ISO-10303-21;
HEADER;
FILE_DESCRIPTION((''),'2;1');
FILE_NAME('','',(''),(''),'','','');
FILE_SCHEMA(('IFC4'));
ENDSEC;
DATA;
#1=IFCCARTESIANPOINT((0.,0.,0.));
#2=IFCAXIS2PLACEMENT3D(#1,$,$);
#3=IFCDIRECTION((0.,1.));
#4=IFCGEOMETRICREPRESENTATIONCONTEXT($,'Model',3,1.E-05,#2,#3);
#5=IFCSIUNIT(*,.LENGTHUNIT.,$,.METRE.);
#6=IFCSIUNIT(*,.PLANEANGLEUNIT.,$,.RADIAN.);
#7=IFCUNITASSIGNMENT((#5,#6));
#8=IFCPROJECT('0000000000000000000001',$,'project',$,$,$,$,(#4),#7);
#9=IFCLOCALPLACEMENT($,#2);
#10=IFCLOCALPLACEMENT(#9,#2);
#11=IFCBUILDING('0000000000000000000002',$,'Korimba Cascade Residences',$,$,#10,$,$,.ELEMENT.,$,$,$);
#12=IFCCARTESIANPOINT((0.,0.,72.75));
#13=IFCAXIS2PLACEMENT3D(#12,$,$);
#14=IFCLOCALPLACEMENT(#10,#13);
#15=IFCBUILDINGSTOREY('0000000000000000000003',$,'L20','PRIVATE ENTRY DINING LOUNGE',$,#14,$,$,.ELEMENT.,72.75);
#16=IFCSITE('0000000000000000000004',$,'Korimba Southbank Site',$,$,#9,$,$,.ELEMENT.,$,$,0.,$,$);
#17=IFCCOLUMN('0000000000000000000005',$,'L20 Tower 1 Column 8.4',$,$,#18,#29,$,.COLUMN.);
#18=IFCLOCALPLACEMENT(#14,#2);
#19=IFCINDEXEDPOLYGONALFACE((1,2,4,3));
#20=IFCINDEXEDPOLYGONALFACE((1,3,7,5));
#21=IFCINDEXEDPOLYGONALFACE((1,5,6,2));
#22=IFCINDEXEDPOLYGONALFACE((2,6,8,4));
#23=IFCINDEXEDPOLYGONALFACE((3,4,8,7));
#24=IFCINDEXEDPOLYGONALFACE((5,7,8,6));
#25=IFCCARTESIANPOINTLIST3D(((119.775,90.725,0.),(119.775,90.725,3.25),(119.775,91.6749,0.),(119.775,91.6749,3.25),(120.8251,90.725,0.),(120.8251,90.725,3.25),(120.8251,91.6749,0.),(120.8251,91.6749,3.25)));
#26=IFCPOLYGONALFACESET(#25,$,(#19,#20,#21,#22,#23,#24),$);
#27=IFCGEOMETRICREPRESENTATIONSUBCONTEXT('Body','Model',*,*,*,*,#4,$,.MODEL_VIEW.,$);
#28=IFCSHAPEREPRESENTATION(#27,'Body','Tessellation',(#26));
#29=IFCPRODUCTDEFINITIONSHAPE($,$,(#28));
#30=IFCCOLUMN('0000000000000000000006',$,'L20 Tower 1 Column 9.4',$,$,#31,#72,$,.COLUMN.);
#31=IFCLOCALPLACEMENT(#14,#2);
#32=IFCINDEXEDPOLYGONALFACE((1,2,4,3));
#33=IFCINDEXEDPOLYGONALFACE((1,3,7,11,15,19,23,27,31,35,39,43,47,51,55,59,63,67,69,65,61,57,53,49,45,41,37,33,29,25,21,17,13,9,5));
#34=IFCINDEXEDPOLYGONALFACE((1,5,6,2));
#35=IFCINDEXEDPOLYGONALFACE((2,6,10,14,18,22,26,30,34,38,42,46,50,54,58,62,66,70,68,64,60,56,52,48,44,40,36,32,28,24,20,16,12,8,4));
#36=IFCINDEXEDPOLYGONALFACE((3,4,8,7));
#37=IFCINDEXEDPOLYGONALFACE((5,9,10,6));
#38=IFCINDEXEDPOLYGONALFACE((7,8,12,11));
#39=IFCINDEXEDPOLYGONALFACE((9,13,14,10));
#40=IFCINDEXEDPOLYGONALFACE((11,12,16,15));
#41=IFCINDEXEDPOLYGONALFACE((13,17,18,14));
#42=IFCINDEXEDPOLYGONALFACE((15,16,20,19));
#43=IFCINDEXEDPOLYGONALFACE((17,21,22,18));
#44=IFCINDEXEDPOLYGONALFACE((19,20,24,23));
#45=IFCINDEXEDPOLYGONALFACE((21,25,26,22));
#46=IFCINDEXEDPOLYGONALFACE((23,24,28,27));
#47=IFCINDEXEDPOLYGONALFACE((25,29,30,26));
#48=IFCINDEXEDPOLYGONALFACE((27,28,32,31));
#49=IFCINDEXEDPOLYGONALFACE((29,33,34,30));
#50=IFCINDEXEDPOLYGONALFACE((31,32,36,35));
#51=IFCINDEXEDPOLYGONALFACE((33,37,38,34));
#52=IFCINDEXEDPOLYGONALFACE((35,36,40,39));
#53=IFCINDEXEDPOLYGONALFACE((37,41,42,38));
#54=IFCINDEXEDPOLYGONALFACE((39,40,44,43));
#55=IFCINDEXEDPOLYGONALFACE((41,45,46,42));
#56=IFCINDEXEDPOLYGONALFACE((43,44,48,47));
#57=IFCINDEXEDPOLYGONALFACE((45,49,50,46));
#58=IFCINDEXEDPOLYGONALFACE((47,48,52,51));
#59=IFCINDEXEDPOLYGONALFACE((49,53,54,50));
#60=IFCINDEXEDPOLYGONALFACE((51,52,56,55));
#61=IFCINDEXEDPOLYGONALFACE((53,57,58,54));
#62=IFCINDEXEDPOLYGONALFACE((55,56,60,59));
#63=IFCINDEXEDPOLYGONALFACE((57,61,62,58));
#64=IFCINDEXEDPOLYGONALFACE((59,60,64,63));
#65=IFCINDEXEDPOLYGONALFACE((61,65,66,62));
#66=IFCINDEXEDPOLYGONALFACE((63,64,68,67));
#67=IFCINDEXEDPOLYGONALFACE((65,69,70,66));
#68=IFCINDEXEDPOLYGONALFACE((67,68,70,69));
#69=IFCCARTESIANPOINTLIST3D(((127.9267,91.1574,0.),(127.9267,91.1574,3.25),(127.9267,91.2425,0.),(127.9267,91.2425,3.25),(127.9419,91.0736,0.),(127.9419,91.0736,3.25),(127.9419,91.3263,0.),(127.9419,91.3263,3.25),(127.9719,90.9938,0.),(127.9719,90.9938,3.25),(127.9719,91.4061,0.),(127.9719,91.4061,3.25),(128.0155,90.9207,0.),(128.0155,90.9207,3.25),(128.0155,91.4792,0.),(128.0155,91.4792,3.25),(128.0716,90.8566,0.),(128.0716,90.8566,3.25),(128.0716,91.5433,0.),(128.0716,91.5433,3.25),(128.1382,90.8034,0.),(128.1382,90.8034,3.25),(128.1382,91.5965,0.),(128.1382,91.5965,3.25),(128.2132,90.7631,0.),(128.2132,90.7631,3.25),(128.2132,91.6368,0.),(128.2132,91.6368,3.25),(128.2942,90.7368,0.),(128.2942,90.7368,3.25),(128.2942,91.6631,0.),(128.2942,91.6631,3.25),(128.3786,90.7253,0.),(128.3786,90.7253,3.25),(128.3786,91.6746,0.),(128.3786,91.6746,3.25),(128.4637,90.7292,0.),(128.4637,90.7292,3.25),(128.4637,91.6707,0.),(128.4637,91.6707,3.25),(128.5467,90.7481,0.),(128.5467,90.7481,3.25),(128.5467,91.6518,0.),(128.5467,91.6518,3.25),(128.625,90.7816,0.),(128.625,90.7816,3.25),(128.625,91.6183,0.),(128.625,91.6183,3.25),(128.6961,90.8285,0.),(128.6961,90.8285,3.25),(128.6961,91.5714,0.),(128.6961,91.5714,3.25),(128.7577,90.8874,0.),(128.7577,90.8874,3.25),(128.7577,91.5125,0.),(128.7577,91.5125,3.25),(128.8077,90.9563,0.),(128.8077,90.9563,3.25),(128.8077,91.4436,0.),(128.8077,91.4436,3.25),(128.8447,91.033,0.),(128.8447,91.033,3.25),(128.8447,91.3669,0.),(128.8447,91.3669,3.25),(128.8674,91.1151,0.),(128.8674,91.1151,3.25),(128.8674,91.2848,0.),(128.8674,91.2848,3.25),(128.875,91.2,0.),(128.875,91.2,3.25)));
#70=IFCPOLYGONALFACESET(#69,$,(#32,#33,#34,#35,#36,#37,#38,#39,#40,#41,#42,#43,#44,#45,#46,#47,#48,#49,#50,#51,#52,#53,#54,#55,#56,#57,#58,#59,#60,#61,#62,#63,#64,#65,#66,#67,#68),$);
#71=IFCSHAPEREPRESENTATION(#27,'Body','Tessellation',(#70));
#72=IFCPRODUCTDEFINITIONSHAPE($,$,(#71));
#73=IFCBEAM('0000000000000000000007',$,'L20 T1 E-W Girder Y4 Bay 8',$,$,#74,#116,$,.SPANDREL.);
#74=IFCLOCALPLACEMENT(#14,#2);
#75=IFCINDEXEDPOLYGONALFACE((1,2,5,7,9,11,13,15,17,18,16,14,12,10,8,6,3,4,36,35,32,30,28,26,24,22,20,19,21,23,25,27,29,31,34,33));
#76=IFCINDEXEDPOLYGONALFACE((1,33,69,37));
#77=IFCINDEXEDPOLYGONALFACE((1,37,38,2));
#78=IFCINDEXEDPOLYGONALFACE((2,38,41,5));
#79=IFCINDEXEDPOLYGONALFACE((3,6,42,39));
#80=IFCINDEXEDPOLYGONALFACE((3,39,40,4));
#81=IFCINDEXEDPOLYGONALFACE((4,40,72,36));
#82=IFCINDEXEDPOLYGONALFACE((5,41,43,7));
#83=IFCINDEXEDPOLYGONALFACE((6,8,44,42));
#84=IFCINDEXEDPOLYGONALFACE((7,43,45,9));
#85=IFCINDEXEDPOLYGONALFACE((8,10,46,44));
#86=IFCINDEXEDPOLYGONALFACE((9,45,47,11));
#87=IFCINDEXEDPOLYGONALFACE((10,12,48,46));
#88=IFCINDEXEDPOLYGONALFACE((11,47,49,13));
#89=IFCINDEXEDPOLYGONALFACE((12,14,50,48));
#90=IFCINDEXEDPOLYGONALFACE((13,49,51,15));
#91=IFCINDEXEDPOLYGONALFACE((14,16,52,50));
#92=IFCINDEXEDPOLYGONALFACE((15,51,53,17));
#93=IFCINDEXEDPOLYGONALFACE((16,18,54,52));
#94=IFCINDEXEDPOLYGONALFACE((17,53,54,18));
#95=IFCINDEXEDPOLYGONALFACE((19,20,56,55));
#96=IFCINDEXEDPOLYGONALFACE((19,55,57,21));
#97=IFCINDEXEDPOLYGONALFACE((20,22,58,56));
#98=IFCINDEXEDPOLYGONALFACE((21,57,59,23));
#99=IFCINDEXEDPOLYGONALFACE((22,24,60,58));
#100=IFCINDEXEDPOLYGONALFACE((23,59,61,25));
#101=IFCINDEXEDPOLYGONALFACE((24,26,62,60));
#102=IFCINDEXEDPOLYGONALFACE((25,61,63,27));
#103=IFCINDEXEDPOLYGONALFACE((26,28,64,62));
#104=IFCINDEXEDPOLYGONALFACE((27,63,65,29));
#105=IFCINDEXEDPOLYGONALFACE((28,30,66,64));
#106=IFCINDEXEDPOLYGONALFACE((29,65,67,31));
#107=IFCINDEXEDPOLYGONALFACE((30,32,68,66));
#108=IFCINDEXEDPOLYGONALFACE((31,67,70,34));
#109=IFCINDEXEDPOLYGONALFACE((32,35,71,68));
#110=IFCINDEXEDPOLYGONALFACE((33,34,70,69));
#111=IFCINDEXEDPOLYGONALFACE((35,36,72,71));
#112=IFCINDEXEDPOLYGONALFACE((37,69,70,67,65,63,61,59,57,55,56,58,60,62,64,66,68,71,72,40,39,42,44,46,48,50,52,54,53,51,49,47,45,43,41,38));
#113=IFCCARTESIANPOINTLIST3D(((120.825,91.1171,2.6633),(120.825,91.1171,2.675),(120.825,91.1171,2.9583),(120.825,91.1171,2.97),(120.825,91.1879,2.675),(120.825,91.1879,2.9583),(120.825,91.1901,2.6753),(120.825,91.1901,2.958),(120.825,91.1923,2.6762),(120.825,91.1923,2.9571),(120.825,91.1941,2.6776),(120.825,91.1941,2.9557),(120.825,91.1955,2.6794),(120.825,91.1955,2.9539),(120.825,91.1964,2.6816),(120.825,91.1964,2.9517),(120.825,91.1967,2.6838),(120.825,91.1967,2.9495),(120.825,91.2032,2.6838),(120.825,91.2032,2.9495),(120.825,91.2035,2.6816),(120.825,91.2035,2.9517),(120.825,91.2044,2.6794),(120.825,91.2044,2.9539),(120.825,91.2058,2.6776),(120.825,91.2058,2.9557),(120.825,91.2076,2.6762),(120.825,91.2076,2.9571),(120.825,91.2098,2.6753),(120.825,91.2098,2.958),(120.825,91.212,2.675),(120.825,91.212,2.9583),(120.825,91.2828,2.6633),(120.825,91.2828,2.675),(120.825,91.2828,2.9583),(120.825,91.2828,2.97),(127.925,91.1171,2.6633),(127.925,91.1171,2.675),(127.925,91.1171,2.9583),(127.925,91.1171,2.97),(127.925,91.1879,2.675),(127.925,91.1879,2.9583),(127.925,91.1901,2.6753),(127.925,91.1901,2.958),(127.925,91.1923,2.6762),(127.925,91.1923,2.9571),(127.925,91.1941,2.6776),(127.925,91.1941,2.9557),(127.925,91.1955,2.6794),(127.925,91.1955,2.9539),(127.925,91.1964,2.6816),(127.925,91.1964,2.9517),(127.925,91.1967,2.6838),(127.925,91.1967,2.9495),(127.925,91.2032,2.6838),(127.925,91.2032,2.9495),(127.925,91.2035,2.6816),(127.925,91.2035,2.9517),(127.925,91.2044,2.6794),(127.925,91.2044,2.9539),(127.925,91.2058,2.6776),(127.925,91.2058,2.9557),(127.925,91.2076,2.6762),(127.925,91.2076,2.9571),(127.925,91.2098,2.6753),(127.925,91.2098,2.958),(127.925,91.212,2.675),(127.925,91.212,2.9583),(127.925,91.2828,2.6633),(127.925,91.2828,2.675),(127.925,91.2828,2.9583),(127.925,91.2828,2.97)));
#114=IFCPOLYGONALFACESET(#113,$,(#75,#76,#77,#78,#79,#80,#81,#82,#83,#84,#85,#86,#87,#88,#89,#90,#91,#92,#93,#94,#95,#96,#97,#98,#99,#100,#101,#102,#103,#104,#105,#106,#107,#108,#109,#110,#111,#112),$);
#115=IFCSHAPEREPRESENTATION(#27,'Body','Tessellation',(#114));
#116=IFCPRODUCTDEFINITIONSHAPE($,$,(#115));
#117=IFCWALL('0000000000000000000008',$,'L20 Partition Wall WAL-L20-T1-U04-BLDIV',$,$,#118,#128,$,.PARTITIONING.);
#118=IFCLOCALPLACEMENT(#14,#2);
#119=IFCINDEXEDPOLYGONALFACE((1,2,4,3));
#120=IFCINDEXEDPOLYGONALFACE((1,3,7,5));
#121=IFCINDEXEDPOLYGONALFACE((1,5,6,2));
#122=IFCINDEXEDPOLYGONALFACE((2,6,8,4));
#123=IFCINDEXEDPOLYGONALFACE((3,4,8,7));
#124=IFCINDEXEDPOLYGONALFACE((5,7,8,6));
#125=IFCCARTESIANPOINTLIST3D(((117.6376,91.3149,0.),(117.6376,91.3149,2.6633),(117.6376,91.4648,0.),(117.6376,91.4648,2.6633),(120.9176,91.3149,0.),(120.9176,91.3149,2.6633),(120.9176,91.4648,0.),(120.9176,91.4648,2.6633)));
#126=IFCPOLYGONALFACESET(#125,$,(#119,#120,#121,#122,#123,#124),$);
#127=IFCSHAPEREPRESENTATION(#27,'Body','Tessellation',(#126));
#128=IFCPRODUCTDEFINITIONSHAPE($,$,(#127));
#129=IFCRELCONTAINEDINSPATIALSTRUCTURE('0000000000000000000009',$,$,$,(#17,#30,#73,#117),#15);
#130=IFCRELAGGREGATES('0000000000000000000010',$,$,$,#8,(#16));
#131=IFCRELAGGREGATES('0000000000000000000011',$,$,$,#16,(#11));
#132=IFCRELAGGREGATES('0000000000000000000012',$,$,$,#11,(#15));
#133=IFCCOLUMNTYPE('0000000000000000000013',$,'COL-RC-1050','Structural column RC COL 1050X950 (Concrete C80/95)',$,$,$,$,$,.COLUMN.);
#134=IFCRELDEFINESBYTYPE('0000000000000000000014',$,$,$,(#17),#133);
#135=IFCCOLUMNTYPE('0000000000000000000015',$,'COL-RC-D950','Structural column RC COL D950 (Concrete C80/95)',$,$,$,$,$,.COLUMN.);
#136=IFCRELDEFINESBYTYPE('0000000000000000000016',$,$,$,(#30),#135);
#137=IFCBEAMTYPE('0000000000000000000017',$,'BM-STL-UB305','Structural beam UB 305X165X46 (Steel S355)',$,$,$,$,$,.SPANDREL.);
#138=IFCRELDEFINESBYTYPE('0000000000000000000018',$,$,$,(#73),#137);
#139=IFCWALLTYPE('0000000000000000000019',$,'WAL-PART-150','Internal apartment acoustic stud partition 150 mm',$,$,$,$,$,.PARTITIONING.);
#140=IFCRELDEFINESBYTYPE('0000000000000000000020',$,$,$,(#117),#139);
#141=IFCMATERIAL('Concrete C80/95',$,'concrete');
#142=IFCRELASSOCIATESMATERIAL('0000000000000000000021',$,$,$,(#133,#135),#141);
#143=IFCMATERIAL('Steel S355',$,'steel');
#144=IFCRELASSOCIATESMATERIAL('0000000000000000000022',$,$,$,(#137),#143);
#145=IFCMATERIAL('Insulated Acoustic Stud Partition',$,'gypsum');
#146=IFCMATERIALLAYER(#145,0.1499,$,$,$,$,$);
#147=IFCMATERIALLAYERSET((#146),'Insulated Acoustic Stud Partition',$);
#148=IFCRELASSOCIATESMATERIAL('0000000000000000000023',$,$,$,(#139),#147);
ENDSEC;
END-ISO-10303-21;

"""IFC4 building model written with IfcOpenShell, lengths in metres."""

from ifc_helpers import new_model, si_unit, direction, frame, frame_2d, origin, origin_2d, place, context, subcontext, project, spatial, rectangle, circle, i_section, extrude, material, layer, layer_set, material_profile, profile_set, type_object, element, save


model = new_model("IFC4")

# Units and contexts
model_context = context("Model", 3, precision=1e-05, world=origin(), true_north=direction((0.0, 1.0)))
body_context = subcontext(model_context, "Body", "Model", "MODEL_VIEW")
ifc_project = project(units=[si_unit("LENGTHUNIT", "METRE"), si_unit("PLANEANGLEUNIT", "RADIAN")], contexts=[model_context])

# Site, building, storey
site_placement = place(None, origin())
site = spatial("IfcSite", under=ifc_project, at=site_placement, Name="Korimba Southbank Site", CompositionType="ELEMENT", RefElevation=0.0)
building_placement = place(site_placement, origin())
building = spatial("IfcBuilding", under=site, at=building_placement, Name="Korimba Cascade Residences", CompositionType="ELEMENT")
storey_placement = place(building_placement, frame((0.0, 0.0, 72.75)))
storey = spatial("IfcBuildingStorey", under=building, at=storey_placement, Name="L20", Description="PRIVATE ENTRY DINING LOUNGE", CompositionType="ELEMENT", Elevation=72.75)

# Columns
ifc_material_1 = material(Name="Concrete C80/95", Category="concrete")
ifc_material_profile_1 = material_profile(ifc_material_1, rectangle(XDim=1.05, YDim=0.95, at=origin_2d()), Name="Concrete C80/95")
ifc_profile_set_1 = profile_set([ifc_material_profile_1], Name="Concrete C80/95")
column_type_1 = type_object("IfcColumnType", Name="COL-RC-1050", Description="Structural column RC COL 1050X950 (Concrete C80/95)", PredefinedType="COLUMN", material=ifc_profile_set_1)
column_1_placement = place(storey_placement, frame((120.3, 91.2, 0.0), z_axis=(0.0, 0.0, 1.0), x_axis=(1.0, 0.0, 0.0)))
element("IfcColumn", 1, at=column_1_placement, inside=storey, type_object=column_type_1, Name="L20 Tower 1 Column 8.4", PredefinedType="COLUMN", context=body_context, shape_type="SweptSolid", body=[
    extrude(rectangle(XDim=1.05, YDim=0.95, at=origin_2d()), origin(), (0.0, 0.0, 1.0), 3.25),
])
ifc_material_profile_2 = material_profile(ifc_material_1, circle(Radius=0.4751, at=origin_2d()), Name="Concrete C80/95")
ifc_profile_set_2 = profile_set([ifc_material_profile_2], Name="Concrete C80/95")
column_type_2 = type_object("IfcColumnType", Name="COL-RC-D950", Description="Structural column RC COL D950 (Concrete C80/95)", PredefinedType="COLUMN", material=ifc_profile_set_2)
column_2_placement = place(storey_placement, frame((128.3999, 91.2, 0.0), z_axis=(0.0, 0.0, 1.0), x_axis=(1.0, 0.0, 0.0)))
element("IfcColumn", 2, at=column_2_placement, inside=storey, type_object=column_type_2, Name="L20 Tower 1 Column 9.4", PredefinedType="COLUMN", context=body_context, shape_type="SweptSolid", body=[
    extrude(circle(Radius=0.4751, at=origin_2d()), origin(), (0.0, 0.0, 1.0), 3.25),
])

# Beam
ifc_material_2 = material(Name="Steel S355", Category="steel")
ifc_material_profile_3 = material_profile(ifc_material_2, i_section(OverallWidth=0.1658, OverallDepth=0.3066, WebThickness=0.0066, FlangeThickness=0.0117, FilletRadius=0.0088, at=origin_2d()), Name="Steel S355")
ifc_profile_set_3 = profile_set([ifc_material_profile_3], Name="Steel S355")
beam_type = type_object("IfcBeamType", Name="BM-STL-UB305", Description="Structural beam UB 305X165X46 (Steel S355)", PredefinedType="SPANDREL", material=ifc_profile_set_3)
beam_placement = place(storey_placement, frame((120.825, 91.2, 2.8167), z_axis=(1.0, 0.0, 0.0), x_axis=(0.0, 1.0, 0.0)))
element("IfcBeam", 3, at=beam_placement, inside=storey, type_object=beam_type, Name="L20 T1 E-W Girder Y4 Bay 8", PredefinedType="SPANDREL", context=body_context, shape_type="SweptSolid", body=[
    extrude(i_section(OverallWidth=0.1658, OverallDepth=0.3066, WebThickness=0.0066, FlangeThickness=0.0117, FilletRadius=0.0088, at=origin_2d()), origin(), (0.0, 0.0, 1.0), 7.1001),
])

# Wall
ifc_material_3 = material(Name="Insulated Acoustic Stud Partition", Category="gypsum")
ifc_layer = layer(ifc_material_3, 0.1499)
ifc_layer_set = layer_set([ifc_layer], Name="Insulated Acoustic Stud Partition")
wall_type = type_object("IfcWallType", Name="WAL-PART-150", Description="Internal apartment acoustic stud partition 150 mm", PredefinedType="PARTITIONING", material=ifc_layer_set)
wall_1_placement = place(storey_placement, frame((117.6375, 91.3899, 0.0), z_axis=(0.0, 0.0, 1.0), x_axis=(1.0, 0.0, 0.0)))
element("IfcWall", 4, at=wall_1_placement, inside=storey, type_object=wall_type, Name="L20 Partition Wall WAL-L20-T1-U04-BLDIV", PredefinedType="PARTITIONING", context=body_context, shape_type="SweptSolid", body=[
    extrude(rectangle(XDim=3.28, YDim=0.1499, at=frame_2d((1.6401, 0.0))), origin(), (0.0, 0.0, 1.0), 2.6633),
])

save(model, "model.ifc")
